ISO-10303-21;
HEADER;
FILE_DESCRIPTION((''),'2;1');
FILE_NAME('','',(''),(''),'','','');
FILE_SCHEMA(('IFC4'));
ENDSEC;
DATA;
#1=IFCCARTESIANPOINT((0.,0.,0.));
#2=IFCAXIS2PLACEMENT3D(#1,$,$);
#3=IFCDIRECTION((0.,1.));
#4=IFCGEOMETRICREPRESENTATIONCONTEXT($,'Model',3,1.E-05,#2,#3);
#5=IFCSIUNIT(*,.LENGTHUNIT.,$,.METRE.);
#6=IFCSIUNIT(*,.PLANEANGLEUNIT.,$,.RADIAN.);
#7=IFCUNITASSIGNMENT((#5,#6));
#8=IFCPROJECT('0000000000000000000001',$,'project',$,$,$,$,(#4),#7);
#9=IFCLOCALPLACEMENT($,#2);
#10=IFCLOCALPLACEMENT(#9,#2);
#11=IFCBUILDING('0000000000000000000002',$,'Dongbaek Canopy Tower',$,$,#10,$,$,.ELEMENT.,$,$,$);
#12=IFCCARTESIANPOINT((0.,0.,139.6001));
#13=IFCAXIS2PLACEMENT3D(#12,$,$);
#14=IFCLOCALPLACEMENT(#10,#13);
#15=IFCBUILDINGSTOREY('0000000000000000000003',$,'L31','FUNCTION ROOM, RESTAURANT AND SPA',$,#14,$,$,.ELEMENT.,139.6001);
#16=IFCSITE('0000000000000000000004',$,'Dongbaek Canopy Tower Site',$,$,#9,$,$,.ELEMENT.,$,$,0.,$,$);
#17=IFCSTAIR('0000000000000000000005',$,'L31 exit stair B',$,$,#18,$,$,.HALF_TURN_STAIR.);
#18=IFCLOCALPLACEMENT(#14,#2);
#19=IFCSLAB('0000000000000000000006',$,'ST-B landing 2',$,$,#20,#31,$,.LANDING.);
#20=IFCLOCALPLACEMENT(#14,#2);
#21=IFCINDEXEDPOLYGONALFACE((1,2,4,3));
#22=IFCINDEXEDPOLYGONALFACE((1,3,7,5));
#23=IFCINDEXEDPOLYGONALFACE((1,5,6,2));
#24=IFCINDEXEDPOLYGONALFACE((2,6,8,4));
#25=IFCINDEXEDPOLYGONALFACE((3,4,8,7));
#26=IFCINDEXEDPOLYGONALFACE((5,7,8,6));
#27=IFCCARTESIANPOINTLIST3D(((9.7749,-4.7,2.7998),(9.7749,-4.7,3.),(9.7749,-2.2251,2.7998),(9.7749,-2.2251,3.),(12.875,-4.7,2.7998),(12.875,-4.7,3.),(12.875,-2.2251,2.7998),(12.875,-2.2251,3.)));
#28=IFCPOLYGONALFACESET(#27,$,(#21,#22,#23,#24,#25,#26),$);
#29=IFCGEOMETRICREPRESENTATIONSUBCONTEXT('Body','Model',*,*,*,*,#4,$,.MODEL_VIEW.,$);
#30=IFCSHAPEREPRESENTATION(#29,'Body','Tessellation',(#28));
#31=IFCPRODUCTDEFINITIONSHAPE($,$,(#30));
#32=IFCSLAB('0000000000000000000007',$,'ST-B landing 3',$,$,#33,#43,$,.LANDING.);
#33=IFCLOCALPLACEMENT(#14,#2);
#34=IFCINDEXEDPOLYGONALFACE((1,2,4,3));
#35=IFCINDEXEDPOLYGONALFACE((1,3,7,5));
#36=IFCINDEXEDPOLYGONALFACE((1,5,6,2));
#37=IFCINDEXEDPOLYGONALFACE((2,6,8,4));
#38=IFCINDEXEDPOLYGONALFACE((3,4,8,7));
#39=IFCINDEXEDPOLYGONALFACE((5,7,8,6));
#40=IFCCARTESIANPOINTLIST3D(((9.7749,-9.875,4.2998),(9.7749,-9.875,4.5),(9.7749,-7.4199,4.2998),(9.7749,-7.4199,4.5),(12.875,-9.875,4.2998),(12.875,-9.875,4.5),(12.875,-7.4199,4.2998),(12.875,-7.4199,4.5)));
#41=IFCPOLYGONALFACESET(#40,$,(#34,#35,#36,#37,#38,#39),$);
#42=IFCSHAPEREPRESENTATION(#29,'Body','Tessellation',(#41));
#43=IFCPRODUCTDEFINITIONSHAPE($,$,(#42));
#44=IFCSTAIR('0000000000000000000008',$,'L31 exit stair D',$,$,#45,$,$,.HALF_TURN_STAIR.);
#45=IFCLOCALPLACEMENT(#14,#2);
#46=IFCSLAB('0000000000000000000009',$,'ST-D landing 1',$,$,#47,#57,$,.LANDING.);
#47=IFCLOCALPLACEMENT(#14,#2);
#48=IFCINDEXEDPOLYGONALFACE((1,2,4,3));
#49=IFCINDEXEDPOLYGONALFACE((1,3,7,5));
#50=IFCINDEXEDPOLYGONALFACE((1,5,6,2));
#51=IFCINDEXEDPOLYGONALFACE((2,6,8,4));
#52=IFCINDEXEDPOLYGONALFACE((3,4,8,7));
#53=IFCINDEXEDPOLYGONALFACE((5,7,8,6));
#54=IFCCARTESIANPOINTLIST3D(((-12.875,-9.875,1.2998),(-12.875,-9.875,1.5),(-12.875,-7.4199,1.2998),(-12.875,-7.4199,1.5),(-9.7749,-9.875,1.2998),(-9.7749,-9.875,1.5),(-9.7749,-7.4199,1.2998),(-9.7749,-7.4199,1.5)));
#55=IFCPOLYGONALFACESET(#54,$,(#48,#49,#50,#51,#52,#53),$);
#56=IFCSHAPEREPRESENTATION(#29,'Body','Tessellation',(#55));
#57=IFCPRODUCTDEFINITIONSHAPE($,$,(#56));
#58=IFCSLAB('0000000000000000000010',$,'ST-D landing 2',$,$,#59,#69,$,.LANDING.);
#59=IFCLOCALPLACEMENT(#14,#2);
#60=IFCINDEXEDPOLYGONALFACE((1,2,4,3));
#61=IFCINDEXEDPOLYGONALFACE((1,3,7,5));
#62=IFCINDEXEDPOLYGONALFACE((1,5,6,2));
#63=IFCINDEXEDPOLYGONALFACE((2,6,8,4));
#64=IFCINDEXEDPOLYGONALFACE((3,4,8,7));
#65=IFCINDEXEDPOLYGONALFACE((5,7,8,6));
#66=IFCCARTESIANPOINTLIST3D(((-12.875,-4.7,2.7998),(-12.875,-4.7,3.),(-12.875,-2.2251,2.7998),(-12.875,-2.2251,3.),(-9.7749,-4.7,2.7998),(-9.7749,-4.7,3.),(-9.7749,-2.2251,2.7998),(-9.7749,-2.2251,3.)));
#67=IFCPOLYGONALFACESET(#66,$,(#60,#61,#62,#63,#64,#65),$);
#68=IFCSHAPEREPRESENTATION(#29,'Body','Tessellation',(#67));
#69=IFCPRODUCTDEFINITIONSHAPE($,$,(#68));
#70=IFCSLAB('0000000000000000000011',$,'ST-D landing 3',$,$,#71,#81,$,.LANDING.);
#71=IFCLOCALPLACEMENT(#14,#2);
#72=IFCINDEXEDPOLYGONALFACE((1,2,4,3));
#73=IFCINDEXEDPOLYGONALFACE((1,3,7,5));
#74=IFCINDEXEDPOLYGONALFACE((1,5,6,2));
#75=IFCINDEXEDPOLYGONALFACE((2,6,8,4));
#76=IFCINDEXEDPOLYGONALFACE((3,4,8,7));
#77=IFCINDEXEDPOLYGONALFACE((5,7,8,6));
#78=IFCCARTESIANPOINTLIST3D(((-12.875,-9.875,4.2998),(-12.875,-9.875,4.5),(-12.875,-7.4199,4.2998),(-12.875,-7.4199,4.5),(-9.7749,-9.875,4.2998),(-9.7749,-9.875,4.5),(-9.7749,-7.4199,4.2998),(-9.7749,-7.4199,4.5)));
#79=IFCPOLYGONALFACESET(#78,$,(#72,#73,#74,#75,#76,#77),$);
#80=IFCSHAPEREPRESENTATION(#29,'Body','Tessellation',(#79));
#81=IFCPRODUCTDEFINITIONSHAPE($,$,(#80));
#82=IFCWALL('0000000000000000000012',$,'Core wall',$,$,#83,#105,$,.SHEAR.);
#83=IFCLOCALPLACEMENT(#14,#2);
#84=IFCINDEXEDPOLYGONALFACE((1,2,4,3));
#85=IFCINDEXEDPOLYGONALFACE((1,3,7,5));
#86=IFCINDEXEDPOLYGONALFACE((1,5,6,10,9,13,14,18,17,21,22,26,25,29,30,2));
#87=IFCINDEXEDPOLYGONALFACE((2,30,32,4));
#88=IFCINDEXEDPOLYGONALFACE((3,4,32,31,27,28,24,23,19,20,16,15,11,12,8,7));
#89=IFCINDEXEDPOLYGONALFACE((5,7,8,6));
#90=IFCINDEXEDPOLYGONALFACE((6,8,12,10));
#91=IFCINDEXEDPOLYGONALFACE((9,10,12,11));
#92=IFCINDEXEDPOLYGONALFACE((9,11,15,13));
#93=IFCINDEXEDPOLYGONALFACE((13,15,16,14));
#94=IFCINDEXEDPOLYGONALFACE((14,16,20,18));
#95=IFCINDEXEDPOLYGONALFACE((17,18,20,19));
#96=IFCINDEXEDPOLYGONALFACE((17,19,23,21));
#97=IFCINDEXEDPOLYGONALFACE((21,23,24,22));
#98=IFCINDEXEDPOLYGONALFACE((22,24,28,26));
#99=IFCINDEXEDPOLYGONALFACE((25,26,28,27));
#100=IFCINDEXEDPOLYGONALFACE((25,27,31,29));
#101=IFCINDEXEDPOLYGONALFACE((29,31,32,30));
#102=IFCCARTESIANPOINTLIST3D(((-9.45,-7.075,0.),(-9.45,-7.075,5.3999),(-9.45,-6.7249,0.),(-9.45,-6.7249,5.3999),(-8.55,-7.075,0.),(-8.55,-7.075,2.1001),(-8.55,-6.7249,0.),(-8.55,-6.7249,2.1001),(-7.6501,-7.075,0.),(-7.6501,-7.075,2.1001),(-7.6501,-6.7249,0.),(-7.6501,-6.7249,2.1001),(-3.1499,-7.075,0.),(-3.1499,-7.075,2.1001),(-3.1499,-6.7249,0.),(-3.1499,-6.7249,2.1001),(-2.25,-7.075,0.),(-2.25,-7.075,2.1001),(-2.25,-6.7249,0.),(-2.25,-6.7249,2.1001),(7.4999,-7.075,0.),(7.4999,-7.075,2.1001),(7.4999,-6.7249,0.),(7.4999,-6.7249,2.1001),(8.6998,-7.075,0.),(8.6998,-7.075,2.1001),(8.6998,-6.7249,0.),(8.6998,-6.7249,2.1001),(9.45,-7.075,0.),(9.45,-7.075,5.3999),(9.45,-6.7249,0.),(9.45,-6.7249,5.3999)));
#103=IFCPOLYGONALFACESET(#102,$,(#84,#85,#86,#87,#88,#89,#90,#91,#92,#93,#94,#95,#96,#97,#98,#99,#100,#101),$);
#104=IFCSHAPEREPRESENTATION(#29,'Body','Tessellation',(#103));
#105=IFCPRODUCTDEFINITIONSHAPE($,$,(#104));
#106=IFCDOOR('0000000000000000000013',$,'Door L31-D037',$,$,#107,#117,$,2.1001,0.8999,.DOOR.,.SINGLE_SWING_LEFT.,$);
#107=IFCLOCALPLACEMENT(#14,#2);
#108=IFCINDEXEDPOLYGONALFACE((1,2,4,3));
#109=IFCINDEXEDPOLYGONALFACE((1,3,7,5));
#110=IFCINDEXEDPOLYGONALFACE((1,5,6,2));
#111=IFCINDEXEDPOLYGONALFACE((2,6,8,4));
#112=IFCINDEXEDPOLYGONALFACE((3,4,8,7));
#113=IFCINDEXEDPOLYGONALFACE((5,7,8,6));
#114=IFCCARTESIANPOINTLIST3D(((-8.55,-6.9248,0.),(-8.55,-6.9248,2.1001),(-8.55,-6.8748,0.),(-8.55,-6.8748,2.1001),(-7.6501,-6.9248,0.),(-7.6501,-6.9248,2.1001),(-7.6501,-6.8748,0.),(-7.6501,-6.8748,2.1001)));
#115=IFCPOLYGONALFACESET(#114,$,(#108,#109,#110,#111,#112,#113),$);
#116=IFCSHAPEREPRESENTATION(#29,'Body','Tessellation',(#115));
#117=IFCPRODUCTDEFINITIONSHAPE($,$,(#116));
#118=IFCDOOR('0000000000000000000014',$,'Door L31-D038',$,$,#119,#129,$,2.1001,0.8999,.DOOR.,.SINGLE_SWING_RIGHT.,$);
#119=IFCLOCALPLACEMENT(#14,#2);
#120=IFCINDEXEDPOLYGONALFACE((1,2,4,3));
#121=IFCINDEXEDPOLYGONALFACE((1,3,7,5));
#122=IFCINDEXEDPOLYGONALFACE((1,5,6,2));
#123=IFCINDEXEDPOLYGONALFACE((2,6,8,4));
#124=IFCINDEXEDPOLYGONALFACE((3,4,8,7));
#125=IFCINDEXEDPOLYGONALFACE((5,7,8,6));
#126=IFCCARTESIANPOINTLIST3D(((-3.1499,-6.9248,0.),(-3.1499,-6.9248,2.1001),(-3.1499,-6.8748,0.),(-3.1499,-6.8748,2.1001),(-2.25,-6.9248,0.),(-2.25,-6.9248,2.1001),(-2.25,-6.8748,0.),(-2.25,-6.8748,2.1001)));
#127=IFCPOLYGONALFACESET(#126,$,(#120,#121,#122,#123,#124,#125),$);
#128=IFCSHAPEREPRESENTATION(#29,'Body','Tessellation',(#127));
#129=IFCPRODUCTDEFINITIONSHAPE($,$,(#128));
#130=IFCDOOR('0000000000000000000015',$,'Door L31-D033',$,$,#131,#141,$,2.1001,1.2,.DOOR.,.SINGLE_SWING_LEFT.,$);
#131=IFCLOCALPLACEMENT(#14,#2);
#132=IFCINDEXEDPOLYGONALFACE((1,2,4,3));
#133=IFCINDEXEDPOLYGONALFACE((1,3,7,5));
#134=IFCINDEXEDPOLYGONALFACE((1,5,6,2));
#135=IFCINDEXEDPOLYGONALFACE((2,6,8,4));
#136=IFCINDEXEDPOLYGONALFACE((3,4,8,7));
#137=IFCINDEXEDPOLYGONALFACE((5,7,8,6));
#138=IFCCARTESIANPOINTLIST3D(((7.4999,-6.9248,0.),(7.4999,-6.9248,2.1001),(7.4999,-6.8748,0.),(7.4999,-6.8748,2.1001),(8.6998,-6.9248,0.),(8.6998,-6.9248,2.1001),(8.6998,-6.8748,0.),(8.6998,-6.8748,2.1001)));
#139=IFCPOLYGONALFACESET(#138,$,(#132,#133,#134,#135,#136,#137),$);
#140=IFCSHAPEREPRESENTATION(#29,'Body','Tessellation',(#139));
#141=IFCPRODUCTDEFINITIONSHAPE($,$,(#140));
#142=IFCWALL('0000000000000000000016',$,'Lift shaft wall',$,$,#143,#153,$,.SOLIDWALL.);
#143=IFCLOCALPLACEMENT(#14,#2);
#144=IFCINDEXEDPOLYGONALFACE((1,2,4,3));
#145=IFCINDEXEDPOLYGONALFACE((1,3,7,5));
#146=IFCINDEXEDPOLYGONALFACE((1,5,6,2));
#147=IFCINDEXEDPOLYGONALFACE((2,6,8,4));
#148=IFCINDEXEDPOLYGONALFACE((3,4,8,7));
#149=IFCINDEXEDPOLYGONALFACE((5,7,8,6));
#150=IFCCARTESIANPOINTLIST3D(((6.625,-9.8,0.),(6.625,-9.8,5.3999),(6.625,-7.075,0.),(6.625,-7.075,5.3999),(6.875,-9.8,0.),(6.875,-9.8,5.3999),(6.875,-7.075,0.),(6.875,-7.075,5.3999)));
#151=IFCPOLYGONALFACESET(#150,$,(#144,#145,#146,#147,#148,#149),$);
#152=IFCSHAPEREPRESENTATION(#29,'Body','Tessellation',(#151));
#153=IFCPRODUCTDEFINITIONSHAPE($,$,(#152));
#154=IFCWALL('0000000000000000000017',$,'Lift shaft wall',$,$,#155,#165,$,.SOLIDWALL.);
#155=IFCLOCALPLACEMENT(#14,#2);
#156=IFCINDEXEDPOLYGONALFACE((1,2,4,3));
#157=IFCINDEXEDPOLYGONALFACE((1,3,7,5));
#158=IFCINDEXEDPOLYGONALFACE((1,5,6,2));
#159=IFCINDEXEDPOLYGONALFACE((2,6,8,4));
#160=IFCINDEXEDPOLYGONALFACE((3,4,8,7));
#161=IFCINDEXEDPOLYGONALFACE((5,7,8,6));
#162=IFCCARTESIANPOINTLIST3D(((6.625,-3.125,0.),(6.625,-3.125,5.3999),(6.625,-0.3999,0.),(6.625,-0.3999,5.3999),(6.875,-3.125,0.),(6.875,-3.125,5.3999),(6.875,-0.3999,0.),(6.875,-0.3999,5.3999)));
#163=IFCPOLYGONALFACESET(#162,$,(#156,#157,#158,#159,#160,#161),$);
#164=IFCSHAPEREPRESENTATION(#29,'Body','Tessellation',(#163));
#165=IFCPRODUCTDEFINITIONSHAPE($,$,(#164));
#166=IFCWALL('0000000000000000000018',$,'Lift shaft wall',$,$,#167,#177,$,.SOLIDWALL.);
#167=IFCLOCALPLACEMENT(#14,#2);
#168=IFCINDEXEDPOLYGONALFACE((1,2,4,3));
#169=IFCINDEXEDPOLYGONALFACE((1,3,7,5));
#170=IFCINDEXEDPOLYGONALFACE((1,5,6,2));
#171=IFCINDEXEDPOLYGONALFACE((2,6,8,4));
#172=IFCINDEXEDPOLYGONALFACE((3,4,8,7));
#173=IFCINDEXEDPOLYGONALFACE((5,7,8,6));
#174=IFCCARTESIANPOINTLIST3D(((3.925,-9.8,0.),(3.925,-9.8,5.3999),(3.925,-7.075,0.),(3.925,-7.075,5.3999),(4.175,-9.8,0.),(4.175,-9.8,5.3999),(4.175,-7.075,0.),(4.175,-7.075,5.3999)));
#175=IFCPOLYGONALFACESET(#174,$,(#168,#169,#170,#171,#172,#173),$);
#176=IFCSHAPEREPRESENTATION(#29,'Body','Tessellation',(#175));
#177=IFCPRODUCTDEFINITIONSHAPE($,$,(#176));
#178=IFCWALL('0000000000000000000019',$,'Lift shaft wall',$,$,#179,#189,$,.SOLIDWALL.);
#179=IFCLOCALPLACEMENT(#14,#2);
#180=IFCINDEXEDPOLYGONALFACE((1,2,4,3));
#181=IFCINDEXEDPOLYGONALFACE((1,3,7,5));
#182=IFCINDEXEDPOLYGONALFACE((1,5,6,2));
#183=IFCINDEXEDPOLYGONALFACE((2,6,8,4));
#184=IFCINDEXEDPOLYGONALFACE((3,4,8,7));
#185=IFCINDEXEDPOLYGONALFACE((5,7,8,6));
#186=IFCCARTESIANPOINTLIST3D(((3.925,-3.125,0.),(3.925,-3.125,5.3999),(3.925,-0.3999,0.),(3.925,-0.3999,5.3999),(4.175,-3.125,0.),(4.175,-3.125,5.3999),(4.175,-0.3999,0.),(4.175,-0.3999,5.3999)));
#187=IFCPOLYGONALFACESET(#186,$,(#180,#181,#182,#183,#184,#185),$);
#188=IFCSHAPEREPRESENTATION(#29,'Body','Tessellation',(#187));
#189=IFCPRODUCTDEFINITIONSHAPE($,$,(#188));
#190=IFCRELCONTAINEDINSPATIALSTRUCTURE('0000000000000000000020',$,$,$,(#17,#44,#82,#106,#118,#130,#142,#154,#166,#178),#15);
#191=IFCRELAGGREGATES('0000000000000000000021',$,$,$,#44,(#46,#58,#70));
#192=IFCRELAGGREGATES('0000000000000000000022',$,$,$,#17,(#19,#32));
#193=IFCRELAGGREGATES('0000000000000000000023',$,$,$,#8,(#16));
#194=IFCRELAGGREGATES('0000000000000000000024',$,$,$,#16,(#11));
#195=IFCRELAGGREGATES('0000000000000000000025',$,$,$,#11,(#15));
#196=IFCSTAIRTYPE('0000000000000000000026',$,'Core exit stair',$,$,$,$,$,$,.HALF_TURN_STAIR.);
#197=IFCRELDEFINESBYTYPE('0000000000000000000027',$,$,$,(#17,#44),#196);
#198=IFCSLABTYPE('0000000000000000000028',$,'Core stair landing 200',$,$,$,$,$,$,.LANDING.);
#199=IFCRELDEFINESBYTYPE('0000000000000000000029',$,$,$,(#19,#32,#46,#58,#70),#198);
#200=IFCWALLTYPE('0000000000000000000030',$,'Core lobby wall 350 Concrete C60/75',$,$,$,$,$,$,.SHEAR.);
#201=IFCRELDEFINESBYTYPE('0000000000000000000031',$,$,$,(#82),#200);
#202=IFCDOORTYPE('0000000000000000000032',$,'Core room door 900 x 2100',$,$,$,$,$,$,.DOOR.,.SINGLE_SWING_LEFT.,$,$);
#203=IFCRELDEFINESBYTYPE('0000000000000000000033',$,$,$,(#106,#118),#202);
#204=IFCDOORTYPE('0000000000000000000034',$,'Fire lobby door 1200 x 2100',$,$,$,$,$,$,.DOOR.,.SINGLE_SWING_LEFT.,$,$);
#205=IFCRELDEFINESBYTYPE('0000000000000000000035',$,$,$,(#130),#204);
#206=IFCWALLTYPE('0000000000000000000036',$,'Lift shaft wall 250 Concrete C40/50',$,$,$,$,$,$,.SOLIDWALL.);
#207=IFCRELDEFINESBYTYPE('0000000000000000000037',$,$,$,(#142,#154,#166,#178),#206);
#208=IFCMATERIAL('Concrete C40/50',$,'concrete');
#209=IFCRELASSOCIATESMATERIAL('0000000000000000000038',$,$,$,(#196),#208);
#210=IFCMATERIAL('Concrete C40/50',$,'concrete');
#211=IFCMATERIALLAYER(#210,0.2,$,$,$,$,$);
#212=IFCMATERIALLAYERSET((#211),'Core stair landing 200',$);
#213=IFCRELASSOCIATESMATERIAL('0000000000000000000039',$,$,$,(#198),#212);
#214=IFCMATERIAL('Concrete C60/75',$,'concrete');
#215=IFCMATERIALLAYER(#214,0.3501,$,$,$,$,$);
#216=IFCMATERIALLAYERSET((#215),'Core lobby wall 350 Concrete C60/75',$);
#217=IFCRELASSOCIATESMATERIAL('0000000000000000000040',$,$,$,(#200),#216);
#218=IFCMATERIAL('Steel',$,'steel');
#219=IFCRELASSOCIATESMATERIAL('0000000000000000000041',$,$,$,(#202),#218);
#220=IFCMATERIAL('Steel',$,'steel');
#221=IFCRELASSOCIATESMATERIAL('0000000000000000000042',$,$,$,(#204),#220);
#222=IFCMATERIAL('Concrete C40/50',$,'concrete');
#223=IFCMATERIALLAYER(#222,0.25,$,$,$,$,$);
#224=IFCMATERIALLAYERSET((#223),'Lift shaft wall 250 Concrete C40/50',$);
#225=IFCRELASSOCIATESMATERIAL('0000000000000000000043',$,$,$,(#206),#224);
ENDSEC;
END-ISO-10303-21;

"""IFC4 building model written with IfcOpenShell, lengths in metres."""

from ifc_helpers import new_model, si_unit, direction, frame, frame_2d, origin, place, context, subcontext, project, spatial, polyline, rectangle, outline, extrude, material, layer, layer_set, type_object, element, fill, aggregate, save


model = new_model("IFC4")

# Units and contexts
model_context = context("Model", 3, precision=1e-05, world=origin(), true_north=direction((0.0, 1.0)))
body_context = subcontext(model_context, "Body", "Model", "MODEL_VIEW")
ifc_project = project(units=[si_unit("LENGTHUNIT", "METRE"), si_unit("PLANEANGLEUNIT", "RADIAN")], contexts=[model_context])

# Site, building, storey
site_placement = place(None, origin())
site = spatial("IfcSite", under=ifc_project, at=site_placement, Name="Dongbaek Canopy Tower Site", CompositionType="ELEMENT", RefElevation=0.0)
building_placement = place(site_placement, origin())
building = spatial("IfcBuilding", under=site, at=building_placement, Name="Dongbaek Canopy Tower", CompositionType="ELEMENT")
storey_placement = place(building_placement, frame((0.0, 0.0, 139.6001)))
storey = spatial("IfcBuildingStorey", under=building, at=storey_placement, Name="L31", Description="FUNCTION ROOM, RESTAURANT AND SPA", CompositionType="ELEMENT", Elevation=139.6001)

# Stairs, slabs
ifc_material_1 = material(Name="Concrete C40/50", Category="concrete")
stair_type = type_object("IfcStairType", Name="Core exit stair", PredefinedType="HALF_TURN_STAIR", material=ifc_material_1)
stair_1_placement = place(storey_placement, origin())
stair_1 = element("IfcStair", 1, at=stair_1_placement, inside=storey, type_object=stair_type, Name="L31 exit stair B", PredefinedType="HALF_TURN_STAIR")
ifc_material_2 = material(Name="Concrete C40/50", Category="concrete")
ifc_layer_1 = layer(ifc_material_2, 0.2)
ifc_layer_set_1 = layer_set([ifc_layer_1], Name="Core stair landing 200")
slab_type = type_object("IfcSlabType", Name="Core stair landing 200", PredefinedType="LANDING", material=ifc_layer_set_1)
slab_1_placement = place(storey_placement, frame((0.0, 0.0, 2.7998)))
slab_1 = element("IfcSlab", 2, at=slab_1_placement, type_object=slab_type, Name="ST-B landing 2", PredefinedType="LANDING", context=body_context, shape_type="SweptSolid", body=[
    extrude(outline(polyline([(9.7749, -2.2251), (9.7749, -4.7), (12.875, -4.7), (12.875, -2.2251), (9.7749, -2.2251)])), origin(), (0.0, 0.0, 1.0), 0.2002),
])
slab_2_placement = place(storey_placement, frame((0.0, 0.0, 4.2998)))
slab_2 = element("IfcSlab", 3, at=slab_2_placement, type_object=slab_type, Name="ST-B landing 3", PredefinedType="LANDING", context=body_context, shape_type="SweptSolid", body=[
    extrude(outline(polyline([(9.7749, -7.4199), (9.7749, -9.875), (12.875, -9.875), (12.875, -7.4199), (9.7749, -7.4199)])), origin(), (0.0, 0.0, 1.0), 0.2002),
])
stair_2_placement = place(storey_placement, origin())
stair_2 = element("IfcStair", 4, at=stair_2_placement, inside=storey, type_object=stair_type, Name="L31 exit stair D", PredefinedType="HALF_TURN_STAIR")
slab_3_placement = place(storey_placement, frame((0.0, 0.0, 1.2998)))
slab_3 = element("IfcSlab", 5, at=slab_3_placement, type_object=slab_type, Name="ST-D landing 1", PredefinedType="LANDING", context=body_context, shape_type="SweptSolid", body=[
    extrude(outline(polyline([(-12.875, -7.4199), (-12.875, -9.875), (-9.7749, -9.875), (-9.7749, -7.4199), (-12.875, -7.4199)])), origin(), (0.0, 0.0, 1.0), 0.2002),
])
slab_4_placement = place(storey_placement, frame((0.0, 0.0, 2.7998)))
slab_4 = element("IfcSlab", 6, at=slab_4_placement, type_object=slab_type, Name="ST-D landing 2", PredefinedType="LANDING", context=body_context, shape_type="SweptSolid", body=[
    extrude(outline(polyline([(-12.875, -2.2251), (-12.875, -4.7), (-9.7749, -4.7), (-9.7749, -2.2251), (-12.875, -2.2251)])), origin(), (0.0, 0.0, 1.0), 0.2002),
])
slab_5_placement = place(storey_placement, frame((0.0, 0.0, 4.2998)))
slab_5 = element("IfcSlab", 7, at=slab_5_placement, type_object=slab_type, Name="ST-D landing 3", PredefinedType="LANDING", context=body_context, shape_type="SweptSolid", body=[
    extrude(outline(polyline([(-12.875, -7.4199), (-12.875, -9.875), (-9.7749, -9.875), (-9.7749, -7.4199), (-12.875, -7.4199)])), origin(), (0.0, 0.0, 1.0), 0.2002),
])
aggregate(stair_2, [slab_3, slab_4, slab_5])

# Wall, openings, doors
ifc_material_3 = material(Name="Concrete C60/75", Category="concrete")
ifc_layer_2 = layer(ifc_material_3, 0.3501)
ifc_layer_set_2 = layer_set([ifc_layer_2], Name="Core lobby wall 350 Concrete C60/75")
wall_type_1 = type_object("IfcWallType", Name="Core lobby wall 350 Concrete C60/75", PredefinedType="SHEAR", material=ifc_layer_set_2)
wall_1_placement = place(storey_placement, frame((9.45, -6.8999, 0.0), z_axis=(0.0, 0.0, 1.0), x_axis=(-1.0, 0.0, 0.0)))
wall_1 = element("IfcWall", 8, at=wall_1_placement, inside=storey, type_object=wall_type_1, Name="Core wall", PredefinedType="SHEAR", context=body_context, shape_type="SweptSolid", body=[
    extrude(rectangle(XDim=18.8999, YDim=0.3501, at=frame_2d((9.45, 0.0))), origin(), (0.0, 0.0, 1.0), 5.3999),
])
opening_1_placement = place(wall_1_placement, frame((0.75, 0.0, 0.0)))
opening_1 = element("IfcOpeningElement", 9, at=opening_1_placement, cuts=wall_1, PredefinedType="OPENING", context=body_context, shape_type="SweptSolid", body=[
    extrude(rectangle(XDim=1.2, YDim=2.1001, at=frame_2d((0.6001, 1.05))), frame((0.0, 0.1851, 0.0), z_axis=(0.0, -1.0, 0.0), x_axis=(1.0, 0.0, 0.0)), (0.0, 0.0, 1.0), 0.3701),
])
opening_2_placement = place(wall_1_placement, frame((17.1001, 0.0, 0.0)))
opening_2 = element("IfcOpeningElement", 10, at=opening_2_placement, cuts=wall_1, PredefinedType="OPENING", context=body_context, shape_type="SweptSolid", body=[
    extrude(rectangle(XDim=0.8999, YDim=2.1001, at=frame_2d((0.45, 1.05))), frame((0.0, 0.1851, 0.0), z_axis=(0.0, -1.0, 0.0), x_axis=(1.0, 0.0, 0.0)), (0.0, 0.0, 1.0), 0.3701),
])
opening_3_placement = place(wall_1_placement, frame((11.7, 0.0, 0.0)))
opening_3 = element("IfcOpeningElement", 11, at=opening_3_placement, cuts=wall_1, PredefinedType="OPENING", context=body_context, shape_type="SweptSolid", body=[
    extrude(rectangle(XDim=0.8999, YDim=2.1001, at=frame_2d((0.45, 1.05))), frame((0.0, 0.1851, 0.0), z_axis=(0.0, -1.0, 0.0), x_axis=(1.0, 0.0, 0.0)), (0.0, 0.0, 1.0), 0.3701),
])
ifc_material_4 = material(Name="Steel", Category="steel")
door_type_1 = type_object("IfcDoorType", Name="Core room door 900 x 2100", OperationType="SINGLE_SWING_LEFT", PredefinedType="DOOR", material=ifc_material_4)
door_1_placement = place(opening_2_placement, origin())
door_1 = element("IfcDoor", 12, at=door_1_placement, inside=storey, type_object=door_type_1, Name="Door L31-D037", OperationType="SINGLE_SWING_LEFT", OverallHeight=2.1001, OverallWidth=0.8999, PredefinedType="DOOR", context=body_context, shape_type="SweptSolid", body=[
    extrude(rectangle(XDim=0.8999, YDim=2.1001, at=frame_2d((0.45, 1.05))), frame((0.0, 0.0249, 0.0), z_axis=(0.0, -1.0, 0.0), x_axis=(1.0, 0.0, 0.0)), (0.0, 0.0, 1.0), 0.05),
])
fill(opening_2, door_1)
door_2_placement = place(opening_3_placement, origin())
door_2 = element("IfcDoor", 13, at=door_2_placement, inside=storey, type_object=door_type_1, Name="Door L31-D038", OperationType="SINGLE_SWING_RIGHT", OverallHeight=2.1001, OverallWidth=0.8999, PredefinedType="DOOR", context=body_context, shape_type="SweptSolid", body=[
    extrude(rectangle(XDim=0.8999, YDim=2.1001, at=frame_2d((0.45, 1.05))), frame((0.0, 0.0249, 0.0), z_axis=(0.0, -1.0, 0.0), x_axis=(1.0, 0.0, 0.0)), (0.0, 0.0, 1.0), 0.05),
])
fill(opening_3, door_2)
ifc_material_5 = material(Name="Steel", Category="steel")
door_type_2 = type_object("IfcDoorType", Name="Fire lobby door 1200 x 2100", OperationType="SINGLE_SWING_LEFT", PredefinedType="DOOR", material=ifc_material_5)
door_3_placement = place(opening_1_placement, origin())
door_3 = element("IfcDoor", 14, at=door_3_placement, inside=storey, type_object=door_type_2, Name="Door L31-D033", OperationType="SINGLE_SWING_LEFT", OverallHeight=2.1001, OverallWidth=1.2, PredefinedType="DOOR", context=body_context, shape_type="SweptSolid", body=[
    extrude(rectangle(XDim=1.2, YDim=2.1001, at=frame_2d((0.6001, 1.05))), frame((0.0, 0.0249, 0.0), z_axis=(0.0, -1.0, 0.0), x_axis=(1.0, 0.0, 0.0)), (0.0, 0.0, 1.0), 0.05),
])
fill(opening_1, door_3)

# Walls
ifc_material_6 = material(Name="Concrete C40/50", Category="concrete")
ifc_layer_3 = layer(ifc_material_6, 0.25)
ifc_layer_set_3 = layer_set([ifc_layer_3], Name="Lift shaft wall 250 Concrete C40/50")
wall_type_2 = type_object("IfcWallType", Name="Lift shaft wall 250 Concrete C40/50", PredefinedType="SOLIDWALL", material=ifc_layer_set_3)
for number, where, z_axis, x_axis, name in (
    (15, (6.75, -9.8, 0.0), (0.0, 0.0, 1.0), (0.0, 1.0, 0.0), "Lift shaft wall"),
    (16, (6.75, -3.125, 0.0), (0.0, 0.0, 1.0), (0.0, 1.0, 0.0), "Lift shaft wall"),
    (17, (4.05, -9.8, 0.0), (0.0, 0.0, 1.0), (0.0, 1.0, 0.0), "Lift shaft wall"),
    (18, (4.05, -3.125, 0.0), (0.0, 0.0, 1.0), (0.0, 1.0, 0.0), "Lift shaft wall"),
):
    element("IfcWall", number, at=place(storey_placement, frame(where, z_axis=z_axis, x_axis=x_axis)), inside=storey, type_object=wall_type_2, Name=name, PredefinedType="SOLIDWALL", context=body_context, shape_type="SweptSolid", body=[
        extrude(rectangle(XDim=2.7251, YDim=0.25, at=frame_2d((1.3625, 0.0))), origin(), (0.0, 0.0, 1.0), 5.3999),
    ])

aggregate(stair_1, [slab_1, slab_2])

save(model, "model.ifc")
